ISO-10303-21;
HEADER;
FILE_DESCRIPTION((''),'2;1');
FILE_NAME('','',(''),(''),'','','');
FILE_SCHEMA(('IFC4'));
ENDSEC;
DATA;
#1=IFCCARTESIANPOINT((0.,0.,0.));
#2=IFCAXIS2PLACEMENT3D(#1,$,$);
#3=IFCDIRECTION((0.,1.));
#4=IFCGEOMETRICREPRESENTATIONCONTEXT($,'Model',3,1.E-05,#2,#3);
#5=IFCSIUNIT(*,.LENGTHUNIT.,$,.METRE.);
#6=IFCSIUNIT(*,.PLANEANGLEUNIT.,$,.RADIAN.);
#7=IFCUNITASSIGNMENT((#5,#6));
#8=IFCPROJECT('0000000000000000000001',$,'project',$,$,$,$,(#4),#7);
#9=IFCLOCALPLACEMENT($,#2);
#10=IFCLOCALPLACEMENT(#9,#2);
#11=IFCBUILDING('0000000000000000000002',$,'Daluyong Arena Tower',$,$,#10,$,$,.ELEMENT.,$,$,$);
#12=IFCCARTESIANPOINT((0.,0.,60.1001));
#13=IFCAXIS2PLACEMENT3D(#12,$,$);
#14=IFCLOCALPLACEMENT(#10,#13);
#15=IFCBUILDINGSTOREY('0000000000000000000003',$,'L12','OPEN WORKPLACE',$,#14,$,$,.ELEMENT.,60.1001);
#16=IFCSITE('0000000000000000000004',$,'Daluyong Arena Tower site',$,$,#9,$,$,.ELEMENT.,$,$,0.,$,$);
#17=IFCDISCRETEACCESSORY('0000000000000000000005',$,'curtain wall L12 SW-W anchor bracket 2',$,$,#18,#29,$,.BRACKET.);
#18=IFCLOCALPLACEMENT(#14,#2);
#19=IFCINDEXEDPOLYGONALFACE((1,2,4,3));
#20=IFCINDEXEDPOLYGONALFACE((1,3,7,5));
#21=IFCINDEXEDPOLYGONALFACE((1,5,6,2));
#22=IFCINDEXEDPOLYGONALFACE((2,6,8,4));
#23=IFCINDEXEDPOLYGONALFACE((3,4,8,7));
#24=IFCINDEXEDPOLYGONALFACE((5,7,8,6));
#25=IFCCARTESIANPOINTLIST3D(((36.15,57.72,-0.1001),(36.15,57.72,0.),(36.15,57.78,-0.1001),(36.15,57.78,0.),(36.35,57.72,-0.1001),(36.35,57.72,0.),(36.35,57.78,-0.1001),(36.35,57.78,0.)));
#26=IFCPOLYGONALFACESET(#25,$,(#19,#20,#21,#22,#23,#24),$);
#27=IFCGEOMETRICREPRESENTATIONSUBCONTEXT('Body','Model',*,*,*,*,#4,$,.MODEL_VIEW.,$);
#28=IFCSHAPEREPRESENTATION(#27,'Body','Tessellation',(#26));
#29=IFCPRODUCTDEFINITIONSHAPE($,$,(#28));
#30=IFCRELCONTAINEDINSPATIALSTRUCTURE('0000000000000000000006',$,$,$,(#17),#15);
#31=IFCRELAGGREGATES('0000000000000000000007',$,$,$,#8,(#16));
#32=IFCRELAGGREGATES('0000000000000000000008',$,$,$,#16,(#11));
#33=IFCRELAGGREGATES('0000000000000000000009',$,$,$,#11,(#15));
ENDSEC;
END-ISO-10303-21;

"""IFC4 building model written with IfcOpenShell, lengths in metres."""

from ifc_helpers import new_model, si_unit, direction, frame, origin, origin_2d, place, context, subcontext, project, spatial, rectangle, extrude, element, save


model = new_model("IFC4")

# Units and contexts
model_context = context("Model", 3, precision=1e-05, world=origin(), true_north=direction((0.0, 1.0)))
body_context = subcontext(model_context, "Body", "Model", "MODEL_VIEW")
ifc_project = project(units=[si_unit("LENGTHUNIT", "METRE"), si_unit("PLANEANGLEUNIT", "RADIAN")], contexts=[model_context])

# Site, building, storey
site_placement = place(None, origin())
site = spatial("IfcSite", under=ifc_project, at=site_placement, Name="Daluyong Arena Tower site", CompositionType="ELEMENT", RefElevation=0.0)
building_placement = place(site_placement, origin())
building = spatial("IfcBuilding", under=site, at=building_placement, Name="Daluyong Arena Tower", CompositionType="ELEMENT")
storey_placement = place(building_placement, frame((0.0, 0.0, 60.1001)))
storey = spatial("IfcBuildingStorey", under=building, at=storey_placement, Name="L12", Description="OPEN WORKPLACE", CompositionType="ELEMENT", Elevation=60.1001)

# Discrete accessory
discrete_accessory_placement = place(storey_placement, frame((36.25, 57.75, -0.1001), z_axis=(0.0, 0.0, 1.0), x_axis=(0.0, -1.0, 0.0)))
element("IfcDiscreteAccessory", 1, at=discrete_accessory_placement, inside=storey, Name="curtain wall L12 SW-W anchor bracket 2", PredefinedType="BRACKET", context=body_context, shape_type="SweptSolid", body=[
    extrude(rectangle(XDim=0.0601, YDim=0.2, at=origin_2d()), origin(), (0.0, 0.0, 1.0), 0.1001),
])

save(model, "model.ifc")
